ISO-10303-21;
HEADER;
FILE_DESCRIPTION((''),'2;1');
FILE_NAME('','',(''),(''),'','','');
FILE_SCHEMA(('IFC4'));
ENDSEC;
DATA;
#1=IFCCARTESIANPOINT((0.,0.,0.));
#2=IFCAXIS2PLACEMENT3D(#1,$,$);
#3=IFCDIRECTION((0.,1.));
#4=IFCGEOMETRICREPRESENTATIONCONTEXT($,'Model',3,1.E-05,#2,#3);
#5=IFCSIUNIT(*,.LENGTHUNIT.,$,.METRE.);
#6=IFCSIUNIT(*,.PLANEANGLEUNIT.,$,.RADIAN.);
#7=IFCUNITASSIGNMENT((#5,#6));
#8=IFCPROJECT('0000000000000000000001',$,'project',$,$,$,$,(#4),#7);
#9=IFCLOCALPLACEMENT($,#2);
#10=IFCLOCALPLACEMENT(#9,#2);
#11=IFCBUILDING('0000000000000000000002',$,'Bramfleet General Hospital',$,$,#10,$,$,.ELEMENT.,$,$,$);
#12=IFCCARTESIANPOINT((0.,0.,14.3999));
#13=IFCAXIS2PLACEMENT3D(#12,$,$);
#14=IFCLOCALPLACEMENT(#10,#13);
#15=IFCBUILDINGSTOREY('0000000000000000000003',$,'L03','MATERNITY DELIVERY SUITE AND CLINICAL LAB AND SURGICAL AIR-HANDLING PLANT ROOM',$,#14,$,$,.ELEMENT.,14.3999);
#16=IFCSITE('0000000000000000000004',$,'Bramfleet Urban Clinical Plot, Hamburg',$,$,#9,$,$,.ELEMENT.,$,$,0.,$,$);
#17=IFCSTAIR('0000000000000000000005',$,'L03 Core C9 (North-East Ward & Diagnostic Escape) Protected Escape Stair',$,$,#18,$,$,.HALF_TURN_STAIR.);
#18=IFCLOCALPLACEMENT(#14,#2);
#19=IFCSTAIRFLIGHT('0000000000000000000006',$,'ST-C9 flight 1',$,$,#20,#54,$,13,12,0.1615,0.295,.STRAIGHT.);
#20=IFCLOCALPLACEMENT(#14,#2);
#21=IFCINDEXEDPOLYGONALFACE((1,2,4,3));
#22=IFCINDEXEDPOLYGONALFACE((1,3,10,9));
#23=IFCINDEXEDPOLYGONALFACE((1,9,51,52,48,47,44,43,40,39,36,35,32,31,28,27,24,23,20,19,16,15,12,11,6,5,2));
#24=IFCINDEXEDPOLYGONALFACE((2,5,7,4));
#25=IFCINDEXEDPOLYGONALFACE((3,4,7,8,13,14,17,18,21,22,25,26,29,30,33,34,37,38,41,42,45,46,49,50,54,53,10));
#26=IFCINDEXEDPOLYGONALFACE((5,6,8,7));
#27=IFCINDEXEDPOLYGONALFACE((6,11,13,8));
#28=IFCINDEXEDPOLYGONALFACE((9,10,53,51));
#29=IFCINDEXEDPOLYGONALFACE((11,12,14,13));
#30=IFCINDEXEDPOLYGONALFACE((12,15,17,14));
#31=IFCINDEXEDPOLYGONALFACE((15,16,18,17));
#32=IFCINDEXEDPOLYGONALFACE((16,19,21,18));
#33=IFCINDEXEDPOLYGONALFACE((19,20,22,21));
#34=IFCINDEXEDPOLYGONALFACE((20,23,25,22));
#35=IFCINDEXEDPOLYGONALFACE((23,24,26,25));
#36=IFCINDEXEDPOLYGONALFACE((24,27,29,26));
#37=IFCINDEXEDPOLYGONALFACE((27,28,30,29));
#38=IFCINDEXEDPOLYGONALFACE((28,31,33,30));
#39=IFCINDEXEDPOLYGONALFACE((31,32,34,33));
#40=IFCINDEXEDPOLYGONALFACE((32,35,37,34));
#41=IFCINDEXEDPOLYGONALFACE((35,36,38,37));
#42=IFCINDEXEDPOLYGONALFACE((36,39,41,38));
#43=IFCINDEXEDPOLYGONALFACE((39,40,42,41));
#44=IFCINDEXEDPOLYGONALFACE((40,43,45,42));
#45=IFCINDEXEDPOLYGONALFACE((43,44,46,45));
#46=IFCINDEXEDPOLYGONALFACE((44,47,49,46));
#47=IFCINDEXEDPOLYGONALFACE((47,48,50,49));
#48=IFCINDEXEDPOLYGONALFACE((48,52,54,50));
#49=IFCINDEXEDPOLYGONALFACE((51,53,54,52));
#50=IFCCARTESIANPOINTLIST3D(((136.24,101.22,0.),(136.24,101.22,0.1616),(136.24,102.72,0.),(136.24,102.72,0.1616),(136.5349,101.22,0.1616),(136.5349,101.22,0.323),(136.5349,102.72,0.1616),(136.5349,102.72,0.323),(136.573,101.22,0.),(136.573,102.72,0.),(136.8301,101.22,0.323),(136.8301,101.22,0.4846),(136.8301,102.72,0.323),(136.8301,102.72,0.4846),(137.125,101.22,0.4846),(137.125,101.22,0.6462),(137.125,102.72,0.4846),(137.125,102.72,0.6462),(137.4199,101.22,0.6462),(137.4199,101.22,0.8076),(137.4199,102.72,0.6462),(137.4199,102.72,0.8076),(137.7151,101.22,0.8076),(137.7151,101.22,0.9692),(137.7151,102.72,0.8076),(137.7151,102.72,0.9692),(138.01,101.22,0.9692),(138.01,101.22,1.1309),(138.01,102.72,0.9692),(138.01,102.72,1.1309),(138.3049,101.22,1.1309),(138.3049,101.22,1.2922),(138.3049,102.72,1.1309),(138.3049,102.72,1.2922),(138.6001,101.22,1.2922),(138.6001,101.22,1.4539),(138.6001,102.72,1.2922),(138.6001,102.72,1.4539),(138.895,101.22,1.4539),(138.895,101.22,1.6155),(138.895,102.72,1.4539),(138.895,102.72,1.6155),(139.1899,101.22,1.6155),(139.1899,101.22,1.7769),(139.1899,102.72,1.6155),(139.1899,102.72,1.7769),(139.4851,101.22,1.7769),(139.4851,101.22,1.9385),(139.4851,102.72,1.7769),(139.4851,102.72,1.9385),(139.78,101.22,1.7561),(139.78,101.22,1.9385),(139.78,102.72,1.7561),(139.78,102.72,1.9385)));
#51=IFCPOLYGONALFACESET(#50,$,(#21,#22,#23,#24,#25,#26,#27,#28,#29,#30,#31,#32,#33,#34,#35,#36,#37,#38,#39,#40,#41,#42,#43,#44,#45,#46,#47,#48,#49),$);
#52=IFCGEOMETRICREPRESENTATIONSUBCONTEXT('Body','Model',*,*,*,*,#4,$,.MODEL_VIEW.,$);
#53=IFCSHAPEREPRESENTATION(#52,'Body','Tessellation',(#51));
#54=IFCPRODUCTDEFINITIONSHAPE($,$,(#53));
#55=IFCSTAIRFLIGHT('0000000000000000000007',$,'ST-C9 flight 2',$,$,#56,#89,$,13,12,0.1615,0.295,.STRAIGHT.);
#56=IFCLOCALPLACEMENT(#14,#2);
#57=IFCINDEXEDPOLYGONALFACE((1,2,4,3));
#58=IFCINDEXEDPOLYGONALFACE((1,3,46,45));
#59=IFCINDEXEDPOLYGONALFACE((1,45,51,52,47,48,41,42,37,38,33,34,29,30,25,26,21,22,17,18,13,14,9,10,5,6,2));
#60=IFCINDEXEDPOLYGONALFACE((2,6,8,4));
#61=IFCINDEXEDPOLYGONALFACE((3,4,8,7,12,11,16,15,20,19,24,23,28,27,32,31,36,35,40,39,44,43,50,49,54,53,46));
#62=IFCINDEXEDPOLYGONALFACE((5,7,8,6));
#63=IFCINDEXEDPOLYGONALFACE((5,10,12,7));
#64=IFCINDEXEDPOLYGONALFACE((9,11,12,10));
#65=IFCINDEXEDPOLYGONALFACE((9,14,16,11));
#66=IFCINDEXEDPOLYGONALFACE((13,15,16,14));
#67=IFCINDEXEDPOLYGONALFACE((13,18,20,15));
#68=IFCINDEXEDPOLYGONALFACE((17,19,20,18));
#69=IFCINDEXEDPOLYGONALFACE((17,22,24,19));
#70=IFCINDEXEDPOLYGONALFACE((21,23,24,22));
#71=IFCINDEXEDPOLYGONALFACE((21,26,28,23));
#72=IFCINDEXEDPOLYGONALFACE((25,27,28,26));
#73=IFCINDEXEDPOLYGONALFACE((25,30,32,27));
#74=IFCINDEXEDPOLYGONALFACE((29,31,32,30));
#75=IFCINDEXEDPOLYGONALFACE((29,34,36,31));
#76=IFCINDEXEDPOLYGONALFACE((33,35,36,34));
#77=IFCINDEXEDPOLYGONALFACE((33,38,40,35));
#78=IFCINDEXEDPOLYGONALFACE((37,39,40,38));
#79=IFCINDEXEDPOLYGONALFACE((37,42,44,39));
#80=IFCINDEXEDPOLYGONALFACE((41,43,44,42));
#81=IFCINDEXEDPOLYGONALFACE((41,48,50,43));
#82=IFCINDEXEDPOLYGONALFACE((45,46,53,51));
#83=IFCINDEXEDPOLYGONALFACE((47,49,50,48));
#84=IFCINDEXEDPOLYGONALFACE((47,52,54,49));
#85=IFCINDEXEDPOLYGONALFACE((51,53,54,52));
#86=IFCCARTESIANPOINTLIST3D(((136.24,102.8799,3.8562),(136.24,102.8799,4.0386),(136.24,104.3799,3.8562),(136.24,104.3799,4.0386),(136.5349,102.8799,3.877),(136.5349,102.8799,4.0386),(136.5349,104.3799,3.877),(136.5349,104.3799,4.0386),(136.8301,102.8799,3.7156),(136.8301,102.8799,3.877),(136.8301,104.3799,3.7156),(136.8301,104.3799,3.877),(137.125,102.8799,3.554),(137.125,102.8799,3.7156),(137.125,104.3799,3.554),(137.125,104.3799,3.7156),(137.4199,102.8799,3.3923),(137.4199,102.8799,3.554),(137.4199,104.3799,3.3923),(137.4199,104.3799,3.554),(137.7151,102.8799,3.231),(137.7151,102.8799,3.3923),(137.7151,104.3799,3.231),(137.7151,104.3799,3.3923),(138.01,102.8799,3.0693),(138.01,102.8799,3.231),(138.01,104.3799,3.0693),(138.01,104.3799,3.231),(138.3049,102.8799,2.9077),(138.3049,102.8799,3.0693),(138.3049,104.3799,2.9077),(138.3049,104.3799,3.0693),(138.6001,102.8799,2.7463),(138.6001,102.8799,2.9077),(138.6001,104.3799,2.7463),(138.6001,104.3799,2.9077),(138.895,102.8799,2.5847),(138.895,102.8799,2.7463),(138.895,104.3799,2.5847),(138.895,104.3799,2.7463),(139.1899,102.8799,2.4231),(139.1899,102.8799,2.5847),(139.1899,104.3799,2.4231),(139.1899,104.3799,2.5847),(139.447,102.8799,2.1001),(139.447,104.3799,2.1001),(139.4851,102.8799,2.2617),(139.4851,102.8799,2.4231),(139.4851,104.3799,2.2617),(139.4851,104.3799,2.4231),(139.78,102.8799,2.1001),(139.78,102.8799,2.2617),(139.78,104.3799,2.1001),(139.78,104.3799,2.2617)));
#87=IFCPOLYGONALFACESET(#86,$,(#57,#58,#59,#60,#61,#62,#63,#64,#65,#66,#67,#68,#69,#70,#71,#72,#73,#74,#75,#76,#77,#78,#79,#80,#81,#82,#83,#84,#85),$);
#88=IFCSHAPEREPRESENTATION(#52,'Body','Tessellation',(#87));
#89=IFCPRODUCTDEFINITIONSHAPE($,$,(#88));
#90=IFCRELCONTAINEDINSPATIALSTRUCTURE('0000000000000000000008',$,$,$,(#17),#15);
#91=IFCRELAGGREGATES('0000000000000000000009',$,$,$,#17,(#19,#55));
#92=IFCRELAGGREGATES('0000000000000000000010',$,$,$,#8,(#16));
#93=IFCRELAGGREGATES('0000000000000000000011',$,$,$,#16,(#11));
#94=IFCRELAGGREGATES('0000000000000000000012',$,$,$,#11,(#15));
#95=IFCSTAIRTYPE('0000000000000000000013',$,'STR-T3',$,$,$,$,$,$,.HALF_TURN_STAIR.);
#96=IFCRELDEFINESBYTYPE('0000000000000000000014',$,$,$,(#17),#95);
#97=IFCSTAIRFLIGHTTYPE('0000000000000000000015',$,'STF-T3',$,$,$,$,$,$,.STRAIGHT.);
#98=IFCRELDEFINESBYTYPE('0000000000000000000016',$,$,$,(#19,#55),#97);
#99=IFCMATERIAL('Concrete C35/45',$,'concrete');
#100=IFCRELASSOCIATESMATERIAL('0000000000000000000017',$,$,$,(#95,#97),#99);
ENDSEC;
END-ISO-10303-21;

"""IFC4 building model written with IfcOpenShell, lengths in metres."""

from ifc_helpers import new_model, si_unit, direction, frame, origin, place, context, subcontext, project, spatial, polyline, outline, extrude, material, type_object, element, aggregate, save


model = new_model("IFC4")

# Units and contexts
model_context = context("Model", 3, precision=1e-05, world=origin(), true_north=direction((0.0, 1.0)))
body_context = subcontext(model_context, "Body", "Model", "MODEL_VIEW")
ifc_project = project(units=[si_unit("LENGTHUNIT", "METRE"), si_unit("PLANEANGLEUNIT", "RADIAN")], contexts=[model_context])

# Site, building, storey
site_placement = place(None, origin())
site = spatial("IfcSite", under=ifc_project, at=site_placement, Name="Bramfleet Urban Clinical Plot, Hamburg", CompositionType="ELEMENT", RefElevation=0.0)
building_placement = place(site_placement, origin())
building = spatial("IfcBuilding", under=site, at=building_placement, Name="Bramfleet General Hospital", CompositionType="ELEMENT")
storey_placement = place(building_placement, frame((0.0, 0.0, 14.3999)))
storey = spatial("IfcBuildingStorey", under=building, at=storey_placement, Name="L03", Description="MATERNITY DELIVERY SUITE AND CLINICAL LAB AND SURGICAL AIR-HANDLING PLANT ROOM", CompositionType="ELEMENT", Elevation=14.3999)

# Shared definitions
ifc_material_1 = material(Name="Concrete C35/45", Category="concrete")

# Stair, stair flights
stair_type = type_object("IfcStairType", Name="STR-T3", PredefinedType="HALF_TURN_STAIR", material=ifc_material_1)
stair_placement = place(storey_placement, origin())
stair = element("IfcStair", 1, at=stair_placement, inside=storey, type_object=stair_type, Name="L03 Core C9 (North-East Ward & Diagnostic Escape) Protected Escape Stair", PredefinedType="HALF_TURN_STAIR")
stair_flight_type = type_object("IfcStairFlightType", Name="STF-T3", PredefinedType="STRAIGHT", material=ifc_material_1)
stair_flight_1_placement = place(storey_placement, frame((136.24, 101.97, 0.0), z_axis=(0.0, 0.0, 1.0), x_axis=(1.0, 0.0, 0.0)))
stair_flight_1 = element("IfcStairFlight", 2, at=stair_flight_1_placement, type_object=stair_flight_type, Name="ST-C9 flight 1", NumberOfRisers=13, NumberOfTreads=12, PredefinedType="STRAIGHT", RiserHeight=0.1615, TreadLength=0.295, context=body_context, shape_type="SweptSolid", body=[
    extrude(outline(polyline([(0.0, 0.0), (0.0, 0.1616), (0.2949, 0.1616), (0.2949, 0.323), (0.5901, 0.323), (0.5901, 0.4846), (0.885, 0.4846), (0.885, 0.6462), (1.1799, 0.6462), (1.1799, 0.8076), (1.4751, 0.8076), (1.4751, 0.9692), (1.77, 0.9692), (1.77, 1.1309), (2.0649, 1.1309), (2.0649, 1.2922), (2.3601, 1.2922), (2.3601, 1.4539), (2.655, 1.4539), (2.655, 1.6155), (2.95, 1.6155), (2.95, 1.7769), (3.2451, 1.7769), (3.2451, 1.9385), (3.54, 1.9385), (3.54, 2.1001), (3.54, 1.7561), (0.333, 0.0), (0.0, 0.0)])), frame((0.0, 0.75, 0.0), z_axis=(0.0, -1.0, 0.0), x_axis=(1.0, 0.0, 0.0)), (0.0, 0.0, 1.0), 1.5),
])
stair_flight_2_placement = place(storey_placement, frame((139.78, 103.6299, 2.1001), z_axis=(0.0, 0.0, 1.0), x_axis=(-1.0, 0.0, 0.0)))
stair_flight_2 = element("IfcStairFlight", 3, at=stair_flight_2_placement, type_object=stair_flight_type, Name="ST-C9 flight 2", NumberOfRisers=13, NumberOfTreads=12, PredefinedType="STRAIGHT", RiserHeight=0.1615, TreadLength=0.295, context=body_context, shape_type="SweptSolid", body=[
    extrude(outline(polyline([(0.0, 0.0), (0.0, 0.1616), (0.2949, 0.1616), (0.2949, 0.323), (0.5901, 0.323), (0.5901, 0.4846), (0.885, 0.4846), (0.885, 0.6462), (1.1799, 0.6462), (1.1799, 0.8076), (1.4751, 0.8076), (1.4751, 0.9692), (1.77, 0.9692), (1.77, 1.1309), (2.0649, 1.1309), (2.0649, 1.2922), (2.3601, 1.2922), (2.3601, 1.4539), (2.655, 1.4539), (2.655, 1.6155), (2.95, 1.6155), (2.95, 1.7769), (3.2451, 1.7769), (3.2451, 1.9385), (3.54, 1.9385), (3.54, 2.1001), (3.54, 1.7561), (0.333, 0.0), (0.0, 0.0)])), frame((0.0, 0.75, 0.0), z_axis=(0.0, -1.0, 0.0), x_axis=(1.0, 0.0, 0.0)), (0.0, 0.0, 1.0), 1.5),
])
aggregate(stair, [stair_flight_1, stair_flight_2])

save(model, "model.ifc")
